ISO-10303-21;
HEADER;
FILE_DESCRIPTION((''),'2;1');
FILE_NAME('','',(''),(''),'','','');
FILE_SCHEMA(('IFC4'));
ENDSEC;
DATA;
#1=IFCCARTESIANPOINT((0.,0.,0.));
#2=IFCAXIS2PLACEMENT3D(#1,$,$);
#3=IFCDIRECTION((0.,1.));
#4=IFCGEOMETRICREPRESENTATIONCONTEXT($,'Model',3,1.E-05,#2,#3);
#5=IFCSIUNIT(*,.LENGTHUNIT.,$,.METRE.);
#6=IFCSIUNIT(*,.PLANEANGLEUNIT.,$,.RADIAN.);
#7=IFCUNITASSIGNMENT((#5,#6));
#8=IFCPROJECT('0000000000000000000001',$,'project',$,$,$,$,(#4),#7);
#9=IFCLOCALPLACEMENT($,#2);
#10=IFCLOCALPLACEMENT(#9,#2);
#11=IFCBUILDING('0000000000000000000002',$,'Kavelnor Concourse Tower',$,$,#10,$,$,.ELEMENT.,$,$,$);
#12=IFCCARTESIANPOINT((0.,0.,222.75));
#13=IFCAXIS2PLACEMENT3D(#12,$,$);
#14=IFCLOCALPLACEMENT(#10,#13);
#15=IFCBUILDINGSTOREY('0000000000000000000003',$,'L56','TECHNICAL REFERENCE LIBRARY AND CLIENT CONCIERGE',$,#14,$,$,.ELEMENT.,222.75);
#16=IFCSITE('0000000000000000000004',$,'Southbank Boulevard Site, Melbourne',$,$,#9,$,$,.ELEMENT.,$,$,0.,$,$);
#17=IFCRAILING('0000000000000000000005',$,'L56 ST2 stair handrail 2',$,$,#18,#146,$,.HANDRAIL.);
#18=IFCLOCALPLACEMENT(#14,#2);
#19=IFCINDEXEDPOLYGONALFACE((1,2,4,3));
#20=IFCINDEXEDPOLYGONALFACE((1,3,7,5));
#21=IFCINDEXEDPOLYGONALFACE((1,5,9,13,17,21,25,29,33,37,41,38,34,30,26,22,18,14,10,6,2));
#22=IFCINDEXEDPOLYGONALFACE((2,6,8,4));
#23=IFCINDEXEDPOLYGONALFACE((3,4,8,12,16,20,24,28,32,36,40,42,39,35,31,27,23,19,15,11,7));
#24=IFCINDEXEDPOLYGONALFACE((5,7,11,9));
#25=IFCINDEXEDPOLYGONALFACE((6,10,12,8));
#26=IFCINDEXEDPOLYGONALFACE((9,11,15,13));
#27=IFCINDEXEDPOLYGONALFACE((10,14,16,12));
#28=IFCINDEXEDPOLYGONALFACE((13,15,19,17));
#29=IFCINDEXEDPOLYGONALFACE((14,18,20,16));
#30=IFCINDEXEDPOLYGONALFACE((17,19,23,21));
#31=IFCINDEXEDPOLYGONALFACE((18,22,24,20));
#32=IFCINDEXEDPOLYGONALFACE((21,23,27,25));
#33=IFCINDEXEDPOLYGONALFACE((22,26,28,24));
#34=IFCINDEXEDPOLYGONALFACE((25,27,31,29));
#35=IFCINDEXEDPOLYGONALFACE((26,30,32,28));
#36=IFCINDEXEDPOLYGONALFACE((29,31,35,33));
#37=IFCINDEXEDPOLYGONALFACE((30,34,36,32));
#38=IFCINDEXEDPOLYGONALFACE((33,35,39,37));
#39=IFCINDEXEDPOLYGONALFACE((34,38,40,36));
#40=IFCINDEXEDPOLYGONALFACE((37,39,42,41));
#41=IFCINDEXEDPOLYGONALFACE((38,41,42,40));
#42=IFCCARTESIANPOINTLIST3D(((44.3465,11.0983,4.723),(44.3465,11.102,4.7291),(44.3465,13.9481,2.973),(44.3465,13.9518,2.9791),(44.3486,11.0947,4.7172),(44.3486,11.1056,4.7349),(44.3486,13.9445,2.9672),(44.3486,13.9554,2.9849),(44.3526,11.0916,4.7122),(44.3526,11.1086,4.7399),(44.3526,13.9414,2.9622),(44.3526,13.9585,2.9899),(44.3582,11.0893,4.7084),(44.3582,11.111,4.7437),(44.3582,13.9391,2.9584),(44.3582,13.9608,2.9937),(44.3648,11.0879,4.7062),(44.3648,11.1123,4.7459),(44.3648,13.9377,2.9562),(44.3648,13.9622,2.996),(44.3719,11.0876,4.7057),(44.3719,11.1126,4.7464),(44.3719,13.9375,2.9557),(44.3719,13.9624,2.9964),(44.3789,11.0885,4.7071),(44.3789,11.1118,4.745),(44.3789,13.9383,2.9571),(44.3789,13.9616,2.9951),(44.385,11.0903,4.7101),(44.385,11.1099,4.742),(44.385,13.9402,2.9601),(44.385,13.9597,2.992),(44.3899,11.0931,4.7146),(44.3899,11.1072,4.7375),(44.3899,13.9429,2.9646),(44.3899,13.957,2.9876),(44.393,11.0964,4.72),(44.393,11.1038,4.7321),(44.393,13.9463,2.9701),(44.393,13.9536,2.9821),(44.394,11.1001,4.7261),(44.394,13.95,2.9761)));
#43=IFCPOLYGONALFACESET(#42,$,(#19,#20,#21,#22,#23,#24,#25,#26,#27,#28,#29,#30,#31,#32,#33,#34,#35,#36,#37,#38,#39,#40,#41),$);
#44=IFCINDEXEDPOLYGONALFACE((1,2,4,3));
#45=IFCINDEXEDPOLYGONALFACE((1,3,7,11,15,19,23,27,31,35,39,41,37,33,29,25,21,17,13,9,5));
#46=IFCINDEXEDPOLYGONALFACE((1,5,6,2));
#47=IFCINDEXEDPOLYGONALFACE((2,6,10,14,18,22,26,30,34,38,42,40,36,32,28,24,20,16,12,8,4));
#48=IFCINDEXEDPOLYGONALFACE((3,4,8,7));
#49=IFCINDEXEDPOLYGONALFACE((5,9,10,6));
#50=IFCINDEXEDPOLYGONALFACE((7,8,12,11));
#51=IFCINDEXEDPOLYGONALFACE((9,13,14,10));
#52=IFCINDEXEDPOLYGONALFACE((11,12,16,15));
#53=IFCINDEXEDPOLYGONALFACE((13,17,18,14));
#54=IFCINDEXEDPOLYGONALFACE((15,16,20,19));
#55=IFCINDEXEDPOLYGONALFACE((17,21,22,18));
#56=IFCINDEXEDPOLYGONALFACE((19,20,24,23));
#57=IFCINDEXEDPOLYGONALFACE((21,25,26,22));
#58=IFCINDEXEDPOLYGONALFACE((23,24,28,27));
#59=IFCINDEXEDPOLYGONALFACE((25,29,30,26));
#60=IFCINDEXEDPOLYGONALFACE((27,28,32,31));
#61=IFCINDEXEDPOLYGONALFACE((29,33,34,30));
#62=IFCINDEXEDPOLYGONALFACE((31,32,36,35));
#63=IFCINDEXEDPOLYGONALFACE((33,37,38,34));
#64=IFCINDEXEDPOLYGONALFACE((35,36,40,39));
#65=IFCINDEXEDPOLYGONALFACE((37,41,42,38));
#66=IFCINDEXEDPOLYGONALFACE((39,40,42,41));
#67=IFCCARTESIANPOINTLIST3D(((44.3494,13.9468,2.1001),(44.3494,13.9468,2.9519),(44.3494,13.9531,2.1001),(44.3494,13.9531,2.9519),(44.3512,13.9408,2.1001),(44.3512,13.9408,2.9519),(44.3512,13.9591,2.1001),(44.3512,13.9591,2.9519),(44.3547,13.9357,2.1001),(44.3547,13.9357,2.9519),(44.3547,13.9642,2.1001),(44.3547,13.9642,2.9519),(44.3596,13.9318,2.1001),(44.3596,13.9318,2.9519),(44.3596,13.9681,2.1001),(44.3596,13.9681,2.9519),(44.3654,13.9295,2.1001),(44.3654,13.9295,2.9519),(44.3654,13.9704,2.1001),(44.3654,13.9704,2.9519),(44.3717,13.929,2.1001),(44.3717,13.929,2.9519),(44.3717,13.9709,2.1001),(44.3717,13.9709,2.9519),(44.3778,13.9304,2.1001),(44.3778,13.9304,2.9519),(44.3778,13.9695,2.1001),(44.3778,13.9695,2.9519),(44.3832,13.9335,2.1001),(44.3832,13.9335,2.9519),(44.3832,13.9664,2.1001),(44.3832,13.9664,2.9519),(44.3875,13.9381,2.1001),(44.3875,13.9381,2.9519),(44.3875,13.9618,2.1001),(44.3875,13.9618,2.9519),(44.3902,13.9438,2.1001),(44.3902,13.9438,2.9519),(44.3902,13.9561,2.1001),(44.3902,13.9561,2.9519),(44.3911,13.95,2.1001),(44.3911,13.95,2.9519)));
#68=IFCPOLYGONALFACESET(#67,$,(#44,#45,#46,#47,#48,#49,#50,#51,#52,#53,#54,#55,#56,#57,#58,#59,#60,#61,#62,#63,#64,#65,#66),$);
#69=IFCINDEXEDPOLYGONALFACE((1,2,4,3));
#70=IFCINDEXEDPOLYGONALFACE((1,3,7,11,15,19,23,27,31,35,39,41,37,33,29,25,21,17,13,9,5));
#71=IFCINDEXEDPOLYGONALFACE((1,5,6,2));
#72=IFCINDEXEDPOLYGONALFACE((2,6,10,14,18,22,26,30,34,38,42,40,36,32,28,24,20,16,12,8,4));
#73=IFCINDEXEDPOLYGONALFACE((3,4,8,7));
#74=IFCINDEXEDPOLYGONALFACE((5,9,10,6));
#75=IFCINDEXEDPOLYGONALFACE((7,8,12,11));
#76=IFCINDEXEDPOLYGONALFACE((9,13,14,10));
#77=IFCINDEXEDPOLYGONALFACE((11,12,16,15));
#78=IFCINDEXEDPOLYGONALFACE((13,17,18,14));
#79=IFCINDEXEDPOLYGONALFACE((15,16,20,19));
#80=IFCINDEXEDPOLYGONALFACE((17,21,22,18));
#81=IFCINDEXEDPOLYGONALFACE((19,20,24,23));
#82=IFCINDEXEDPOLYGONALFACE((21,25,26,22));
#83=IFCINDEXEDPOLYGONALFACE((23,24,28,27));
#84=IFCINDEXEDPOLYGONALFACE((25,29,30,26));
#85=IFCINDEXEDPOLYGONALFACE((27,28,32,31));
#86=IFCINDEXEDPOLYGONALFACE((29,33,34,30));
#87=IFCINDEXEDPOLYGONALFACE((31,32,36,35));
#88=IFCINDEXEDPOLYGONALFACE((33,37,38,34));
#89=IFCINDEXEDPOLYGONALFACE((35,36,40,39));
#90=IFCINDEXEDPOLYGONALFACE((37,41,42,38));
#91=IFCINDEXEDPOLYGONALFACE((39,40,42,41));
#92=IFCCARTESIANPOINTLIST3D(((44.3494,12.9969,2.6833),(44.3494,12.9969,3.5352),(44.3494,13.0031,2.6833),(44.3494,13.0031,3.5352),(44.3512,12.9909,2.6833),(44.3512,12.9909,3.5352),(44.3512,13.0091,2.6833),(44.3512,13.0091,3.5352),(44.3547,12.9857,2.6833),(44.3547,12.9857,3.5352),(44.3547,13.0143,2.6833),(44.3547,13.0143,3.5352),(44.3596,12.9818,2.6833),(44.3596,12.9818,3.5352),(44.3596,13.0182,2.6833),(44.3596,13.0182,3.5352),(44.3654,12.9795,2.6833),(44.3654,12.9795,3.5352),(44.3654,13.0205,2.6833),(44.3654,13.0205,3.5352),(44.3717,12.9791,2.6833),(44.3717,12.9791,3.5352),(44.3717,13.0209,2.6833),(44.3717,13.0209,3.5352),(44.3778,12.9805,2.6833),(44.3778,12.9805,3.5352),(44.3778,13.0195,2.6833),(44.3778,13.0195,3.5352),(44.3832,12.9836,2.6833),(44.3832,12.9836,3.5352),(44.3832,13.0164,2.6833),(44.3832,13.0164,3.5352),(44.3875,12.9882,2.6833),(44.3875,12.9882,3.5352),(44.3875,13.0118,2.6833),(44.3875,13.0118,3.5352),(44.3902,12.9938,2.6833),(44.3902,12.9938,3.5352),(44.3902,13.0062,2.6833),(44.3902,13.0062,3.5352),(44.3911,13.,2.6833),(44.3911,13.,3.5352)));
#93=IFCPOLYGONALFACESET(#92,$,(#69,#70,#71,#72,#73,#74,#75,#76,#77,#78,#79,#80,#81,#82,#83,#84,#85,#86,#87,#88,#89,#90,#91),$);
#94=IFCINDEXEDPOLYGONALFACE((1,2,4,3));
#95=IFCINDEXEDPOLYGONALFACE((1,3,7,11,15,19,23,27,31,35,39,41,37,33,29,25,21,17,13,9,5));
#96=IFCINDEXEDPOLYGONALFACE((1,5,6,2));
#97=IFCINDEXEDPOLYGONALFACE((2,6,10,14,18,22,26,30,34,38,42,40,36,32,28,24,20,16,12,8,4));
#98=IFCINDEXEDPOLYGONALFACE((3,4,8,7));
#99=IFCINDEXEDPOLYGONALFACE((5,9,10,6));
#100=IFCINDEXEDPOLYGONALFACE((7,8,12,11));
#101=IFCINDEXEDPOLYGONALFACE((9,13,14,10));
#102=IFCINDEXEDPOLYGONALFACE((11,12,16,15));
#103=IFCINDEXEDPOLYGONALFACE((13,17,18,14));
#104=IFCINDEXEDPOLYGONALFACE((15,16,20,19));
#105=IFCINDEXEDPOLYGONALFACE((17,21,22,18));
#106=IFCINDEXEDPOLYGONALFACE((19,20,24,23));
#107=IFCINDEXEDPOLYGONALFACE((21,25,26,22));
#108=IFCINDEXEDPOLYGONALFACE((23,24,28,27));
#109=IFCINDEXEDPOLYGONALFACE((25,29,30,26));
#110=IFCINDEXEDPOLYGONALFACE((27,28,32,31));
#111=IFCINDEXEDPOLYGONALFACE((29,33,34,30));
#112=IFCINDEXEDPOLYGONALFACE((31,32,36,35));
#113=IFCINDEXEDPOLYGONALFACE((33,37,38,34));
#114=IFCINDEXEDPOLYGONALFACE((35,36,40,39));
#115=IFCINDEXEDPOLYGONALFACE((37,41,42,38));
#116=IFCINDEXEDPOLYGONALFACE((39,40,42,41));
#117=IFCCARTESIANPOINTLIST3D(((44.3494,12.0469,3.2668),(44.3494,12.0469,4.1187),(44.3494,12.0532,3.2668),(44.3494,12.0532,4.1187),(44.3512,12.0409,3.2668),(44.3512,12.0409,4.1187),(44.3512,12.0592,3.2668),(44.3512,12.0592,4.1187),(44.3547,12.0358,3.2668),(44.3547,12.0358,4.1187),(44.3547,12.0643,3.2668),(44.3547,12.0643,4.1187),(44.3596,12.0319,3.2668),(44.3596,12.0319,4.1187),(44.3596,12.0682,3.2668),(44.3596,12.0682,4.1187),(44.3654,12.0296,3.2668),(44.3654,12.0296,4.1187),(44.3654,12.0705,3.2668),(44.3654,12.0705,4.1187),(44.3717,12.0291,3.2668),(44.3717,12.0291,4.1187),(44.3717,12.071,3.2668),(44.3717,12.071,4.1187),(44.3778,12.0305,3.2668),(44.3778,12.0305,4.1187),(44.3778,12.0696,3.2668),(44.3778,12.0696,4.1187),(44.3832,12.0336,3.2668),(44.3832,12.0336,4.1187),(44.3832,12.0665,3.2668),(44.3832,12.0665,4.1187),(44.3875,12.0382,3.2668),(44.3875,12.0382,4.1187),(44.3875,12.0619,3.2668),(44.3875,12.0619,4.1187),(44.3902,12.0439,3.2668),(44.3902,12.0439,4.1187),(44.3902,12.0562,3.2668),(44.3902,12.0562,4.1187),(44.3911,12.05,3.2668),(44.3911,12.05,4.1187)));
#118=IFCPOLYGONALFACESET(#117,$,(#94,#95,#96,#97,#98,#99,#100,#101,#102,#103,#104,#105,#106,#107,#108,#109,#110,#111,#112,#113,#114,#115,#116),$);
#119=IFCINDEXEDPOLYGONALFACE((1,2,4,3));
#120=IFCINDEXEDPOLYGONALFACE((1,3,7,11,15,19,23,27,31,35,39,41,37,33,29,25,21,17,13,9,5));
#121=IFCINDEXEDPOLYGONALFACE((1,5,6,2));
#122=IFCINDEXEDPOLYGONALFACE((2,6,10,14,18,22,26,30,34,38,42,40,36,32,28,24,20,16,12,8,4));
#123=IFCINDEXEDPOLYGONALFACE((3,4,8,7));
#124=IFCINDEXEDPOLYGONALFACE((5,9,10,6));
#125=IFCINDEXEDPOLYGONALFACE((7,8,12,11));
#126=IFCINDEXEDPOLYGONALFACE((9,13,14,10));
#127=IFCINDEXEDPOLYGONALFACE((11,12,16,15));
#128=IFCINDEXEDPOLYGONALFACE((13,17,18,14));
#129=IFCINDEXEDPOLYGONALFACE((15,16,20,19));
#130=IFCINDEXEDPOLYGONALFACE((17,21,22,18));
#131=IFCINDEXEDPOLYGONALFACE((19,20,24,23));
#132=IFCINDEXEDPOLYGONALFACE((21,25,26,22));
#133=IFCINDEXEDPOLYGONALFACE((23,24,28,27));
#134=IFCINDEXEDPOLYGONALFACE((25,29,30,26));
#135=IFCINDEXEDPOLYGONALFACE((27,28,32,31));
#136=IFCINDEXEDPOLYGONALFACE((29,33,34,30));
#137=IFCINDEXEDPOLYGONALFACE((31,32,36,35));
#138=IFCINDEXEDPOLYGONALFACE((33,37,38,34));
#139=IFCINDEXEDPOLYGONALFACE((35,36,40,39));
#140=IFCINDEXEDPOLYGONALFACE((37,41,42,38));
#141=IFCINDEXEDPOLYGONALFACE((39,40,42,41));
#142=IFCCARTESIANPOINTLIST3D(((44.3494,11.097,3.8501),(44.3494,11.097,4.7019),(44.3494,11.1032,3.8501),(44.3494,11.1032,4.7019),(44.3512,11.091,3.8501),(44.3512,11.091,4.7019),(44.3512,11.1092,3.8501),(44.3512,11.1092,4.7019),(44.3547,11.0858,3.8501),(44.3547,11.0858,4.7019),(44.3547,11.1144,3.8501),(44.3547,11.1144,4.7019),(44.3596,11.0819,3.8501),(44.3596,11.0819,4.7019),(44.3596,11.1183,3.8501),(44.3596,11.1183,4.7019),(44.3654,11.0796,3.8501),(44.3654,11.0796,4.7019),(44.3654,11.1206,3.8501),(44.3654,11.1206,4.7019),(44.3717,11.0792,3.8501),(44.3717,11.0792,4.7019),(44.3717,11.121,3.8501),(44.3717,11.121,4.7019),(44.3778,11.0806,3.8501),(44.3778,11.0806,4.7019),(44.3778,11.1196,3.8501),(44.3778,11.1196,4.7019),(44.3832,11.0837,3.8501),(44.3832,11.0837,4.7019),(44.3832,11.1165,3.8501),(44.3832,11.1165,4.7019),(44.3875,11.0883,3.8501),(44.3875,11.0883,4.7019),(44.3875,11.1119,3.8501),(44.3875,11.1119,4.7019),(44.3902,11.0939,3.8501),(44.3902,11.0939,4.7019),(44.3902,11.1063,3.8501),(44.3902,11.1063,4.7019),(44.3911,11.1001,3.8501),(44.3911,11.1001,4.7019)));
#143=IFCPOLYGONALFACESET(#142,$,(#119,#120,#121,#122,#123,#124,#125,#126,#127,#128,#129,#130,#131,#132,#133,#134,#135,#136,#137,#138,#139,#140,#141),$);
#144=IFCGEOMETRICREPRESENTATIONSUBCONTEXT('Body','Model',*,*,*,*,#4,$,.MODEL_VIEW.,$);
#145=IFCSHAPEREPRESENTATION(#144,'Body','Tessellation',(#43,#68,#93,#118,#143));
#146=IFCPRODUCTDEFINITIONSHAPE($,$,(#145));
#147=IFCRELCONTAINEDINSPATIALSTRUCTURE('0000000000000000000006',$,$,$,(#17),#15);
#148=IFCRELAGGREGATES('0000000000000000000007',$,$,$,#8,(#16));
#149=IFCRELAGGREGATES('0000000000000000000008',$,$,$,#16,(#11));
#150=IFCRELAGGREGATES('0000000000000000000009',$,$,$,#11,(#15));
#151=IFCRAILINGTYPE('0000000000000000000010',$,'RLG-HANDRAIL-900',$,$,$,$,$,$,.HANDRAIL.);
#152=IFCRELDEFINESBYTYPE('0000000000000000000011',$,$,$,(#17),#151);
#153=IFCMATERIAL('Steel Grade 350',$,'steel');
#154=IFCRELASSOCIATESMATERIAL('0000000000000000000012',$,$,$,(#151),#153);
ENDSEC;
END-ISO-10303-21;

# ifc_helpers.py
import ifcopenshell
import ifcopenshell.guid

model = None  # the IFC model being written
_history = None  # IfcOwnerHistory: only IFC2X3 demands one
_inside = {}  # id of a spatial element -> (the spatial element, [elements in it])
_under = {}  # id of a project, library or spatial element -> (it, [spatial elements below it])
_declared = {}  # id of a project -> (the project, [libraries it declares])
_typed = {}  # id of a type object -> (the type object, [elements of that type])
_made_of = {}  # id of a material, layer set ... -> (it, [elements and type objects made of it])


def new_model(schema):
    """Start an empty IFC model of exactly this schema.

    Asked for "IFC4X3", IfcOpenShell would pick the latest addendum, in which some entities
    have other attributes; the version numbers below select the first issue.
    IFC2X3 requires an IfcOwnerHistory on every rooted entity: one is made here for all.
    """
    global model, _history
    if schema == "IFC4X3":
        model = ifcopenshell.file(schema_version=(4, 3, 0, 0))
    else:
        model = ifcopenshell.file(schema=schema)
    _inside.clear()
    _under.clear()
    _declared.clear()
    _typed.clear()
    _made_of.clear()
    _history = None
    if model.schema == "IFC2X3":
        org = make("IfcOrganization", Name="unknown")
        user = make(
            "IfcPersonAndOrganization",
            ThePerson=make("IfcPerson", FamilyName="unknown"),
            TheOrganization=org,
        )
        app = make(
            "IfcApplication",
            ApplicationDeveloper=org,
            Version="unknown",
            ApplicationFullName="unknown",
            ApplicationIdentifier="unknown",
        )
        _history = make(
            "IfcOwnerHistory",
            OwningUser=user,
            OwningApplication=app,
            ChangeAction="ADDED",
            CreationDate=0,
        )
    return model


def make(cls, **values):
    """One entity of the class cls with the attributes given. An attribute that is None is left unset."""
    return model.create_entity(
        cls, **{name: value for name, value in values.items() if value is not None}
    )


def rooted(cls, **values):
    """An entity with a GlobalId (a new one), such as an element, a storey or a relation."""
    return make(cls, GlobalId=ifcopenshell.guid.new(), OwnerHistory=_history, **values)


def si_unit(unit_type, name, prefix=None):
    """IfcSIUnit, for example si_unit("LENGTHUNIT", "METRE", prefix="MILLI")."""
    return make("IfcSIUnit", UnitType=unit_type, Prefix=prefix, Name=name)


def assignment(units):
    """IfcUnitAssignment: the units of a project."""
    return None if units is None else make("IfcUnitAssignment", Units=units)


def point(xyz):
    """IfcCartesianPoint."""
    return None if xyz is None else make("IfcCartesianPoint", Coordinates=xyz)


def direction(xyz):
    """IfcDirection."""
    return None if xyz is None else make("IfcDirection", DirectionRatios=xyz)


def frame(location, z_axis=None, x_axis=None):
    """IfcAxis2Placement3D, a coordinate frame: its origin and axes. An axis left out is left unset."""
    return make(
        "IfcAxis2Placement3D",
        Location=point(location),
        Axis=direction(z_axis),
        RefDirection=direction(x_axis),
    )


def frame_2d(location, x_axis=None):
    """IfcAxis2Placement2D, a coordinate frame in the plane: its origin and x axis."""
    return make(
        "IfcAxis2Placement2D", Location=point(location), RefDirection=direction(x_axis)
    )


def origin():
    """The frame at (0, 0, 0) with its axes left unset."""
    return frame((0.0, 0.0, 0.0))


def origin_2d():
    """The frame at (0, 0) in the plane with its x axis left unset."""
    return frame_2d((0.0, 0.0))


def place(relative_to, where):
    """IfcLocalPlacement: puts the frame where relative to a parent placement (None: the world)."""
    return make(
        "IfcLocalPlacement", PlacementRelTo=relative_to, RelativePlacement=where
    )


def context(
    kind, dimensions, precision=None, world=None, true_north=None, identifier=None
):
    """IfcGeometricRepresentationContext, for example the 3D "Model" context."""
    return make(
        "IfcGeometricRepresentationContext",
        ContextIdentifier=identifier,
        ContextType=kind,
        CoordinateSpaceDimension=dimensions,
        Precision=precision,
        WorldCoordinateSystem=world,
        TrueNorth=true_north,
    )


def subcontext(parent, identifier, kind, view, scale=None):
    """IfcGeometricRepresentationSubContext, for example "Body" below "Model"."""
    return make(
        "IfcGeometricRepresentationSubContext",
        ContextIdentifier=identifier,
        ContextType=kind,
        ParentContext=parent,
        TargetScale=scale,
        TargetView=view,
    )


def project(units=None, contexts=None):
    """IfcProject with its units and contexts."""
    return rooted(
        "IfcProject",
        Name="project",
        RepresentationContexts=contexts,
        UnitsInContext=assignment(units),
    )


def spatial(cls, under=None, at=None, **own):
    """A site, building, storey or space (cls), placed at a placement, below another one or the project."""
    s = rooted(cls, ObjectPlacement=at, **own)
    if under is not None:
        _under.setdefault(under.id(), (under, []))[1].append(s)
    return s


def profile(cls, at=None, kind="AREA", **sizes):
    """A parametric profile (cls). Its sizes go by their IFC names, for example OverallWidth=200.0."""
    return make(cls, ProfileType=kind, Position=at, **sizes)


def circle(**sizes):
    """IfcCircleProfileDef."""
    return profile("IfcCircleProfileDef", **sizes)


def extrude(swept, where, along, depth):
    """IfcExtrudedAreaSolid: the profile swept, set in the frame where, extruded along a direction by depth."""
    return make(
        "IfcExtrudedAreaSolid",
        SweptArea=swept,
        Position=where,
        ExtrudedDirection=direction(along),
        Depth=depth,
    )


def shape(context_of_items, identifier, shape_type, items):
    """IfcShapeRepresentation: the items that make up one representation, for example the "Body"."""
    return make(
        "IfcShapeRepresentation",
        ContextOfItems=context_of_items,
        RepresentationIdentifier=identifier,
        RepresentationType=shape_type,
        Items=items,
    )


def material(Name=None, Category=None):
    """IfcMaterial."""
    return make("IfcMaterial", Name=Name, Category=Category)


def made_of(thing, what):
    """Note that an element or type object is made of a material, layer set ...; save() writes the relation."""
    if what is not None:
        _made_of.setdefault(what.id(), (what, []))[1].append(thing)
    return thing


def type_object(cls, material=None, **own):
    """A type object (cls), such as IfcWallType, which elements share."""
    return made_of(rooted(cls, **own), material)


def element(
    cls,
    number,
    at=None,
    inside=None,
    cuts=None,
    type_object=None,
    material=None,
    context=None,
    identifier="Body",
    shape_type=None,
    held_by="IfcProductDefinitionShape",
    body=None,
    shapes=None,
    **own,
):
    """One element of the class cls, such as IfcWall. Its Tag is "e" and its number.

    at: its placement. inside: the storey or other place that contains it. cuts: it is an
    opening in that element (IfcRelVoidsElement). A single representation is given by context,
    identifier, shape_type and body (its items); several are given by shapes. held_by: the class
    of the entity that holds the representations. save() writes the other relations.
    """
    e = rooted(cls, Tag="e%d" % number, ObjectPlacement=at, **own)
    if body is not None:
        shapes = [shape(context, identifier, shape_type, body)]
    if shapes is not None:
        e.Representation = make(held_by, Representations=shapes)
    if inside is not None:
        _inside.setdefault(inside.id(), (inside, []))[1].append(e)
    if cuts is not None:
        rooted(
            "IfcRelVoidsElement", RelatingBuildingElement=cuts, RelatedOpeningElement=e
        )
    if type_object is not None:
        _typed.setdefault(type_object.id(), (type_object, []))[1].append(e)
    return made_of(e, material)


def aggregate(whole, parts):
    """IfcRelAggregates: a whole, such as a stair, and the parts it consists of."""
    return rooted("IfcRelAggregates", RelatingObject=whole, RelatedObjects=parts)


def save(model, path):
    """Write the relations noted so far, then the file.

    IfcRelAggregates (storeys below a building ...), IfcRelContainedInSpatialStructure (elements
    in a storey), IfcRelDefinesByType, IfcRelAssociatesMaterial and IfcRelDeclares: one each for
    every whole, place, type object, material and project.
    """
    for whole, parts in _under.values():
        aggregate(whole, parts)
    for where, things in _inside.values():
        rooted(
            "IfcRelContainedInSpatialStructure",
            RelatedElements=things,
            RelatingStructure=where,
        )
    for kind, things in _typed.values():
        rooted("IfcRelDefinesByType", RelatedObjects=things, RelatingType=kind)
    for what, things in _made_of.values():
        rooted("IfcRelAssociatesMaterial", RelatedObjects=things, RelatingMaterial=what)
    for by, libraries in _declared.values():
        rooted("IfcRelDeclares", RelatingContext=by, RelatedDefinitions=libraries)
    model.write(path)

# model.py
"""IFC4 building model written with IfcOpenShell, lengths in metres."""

from ifc_helpers import new_model, si_unit, direction, frame, origin, origin_2d, place, context, subcontext, project, spatial, circle, extrude, material, type_object, element, save


model = new_model("IFC4")

# Units and contexts
model_context = context("Model", 3, precision=1e-05, world=origin(), true_north=direction((0.0, 1.0)))
body_context = subcontext(model_context, "Body", "Model", "MODEL_VIEW")
ifc_project = project(units=[si_unit("LENGTHUNIT", "METRE"), si_unit("PLANEANGLEUNIT", "RADIAN")], contexts=[model_context])

# Site, building, storey
site_placement = place(None, origin())
site = spatial("IfcSite", under=ifc_project, at=site_placement, Name="Southbank Boulevard Site, Melbourne", CompositionType="ELEMENT", RefElevation=0.0)
building_placement = place(site_placement, origin())
building = spatial("IfcBuilding", under=site, at=building_placement, Name="Kavelnor Concourse Tower", CompositionType="ELEMENT")
storey_placement = place(building_placement, frame((0.0, 0.0, 222.75)))
storey = spatial("IfcBuildingStorey", under=building, at=storey_placement, Name="L56", Description="TECHNICAL REFERENCE LIBRARY AND CLIENT CONCIERGE", CompositionType="ELEMENT", Elevation=222.75)

# Shared definitions
ifc_material_1 = material(Name="Steel Grade 350", Category="steel")

# Railing
railing_type_1 = type_object("IfcRailingType", Name="RLG-HANDRAIL-900", PredefinedType="HANDRAIL", material=ifc_material_1)
railing_1_placement = place(storey_placement, frame((44.3701, 13.95, 2.1001)))
element("IfcRailing", 1, at=railing_1_placement, inside=storey, type_object=railing_type_1, Name="L56 ST2 stair handrail 2", PredefinedType="HANDRAIL", context=body_context, shape_type="SweptSolid", body=[
    extrude(circle(Radius=0.0239, at=origin_2d()), frame((0.0, 0.0, 0.876), z_axis=(0.0, -0.852159, 0.523283), x_axis=(1.0, 0.0, 0.0)), (0.0, 0.0, 1.0), 3.3442),
    extrude(circle(Radius=0.021, at=origin_2d()), origin(), (0.0, 0.0, 1.0), 0.8518),
    extrude(circle(Radius=0.021, at=origin_2d()), frame((0.0, -0.95, 0.5833)), (0.0, 0.0, 1.0), 0.8518),
    extrude(circle(Radius=0.021, at=origin_2d()), frame((0.0, -1.8999, 1.1667)), (0.0, 0.0, 1.0), 0.8518),
    extrude(circle(Radius=0.021, at=origin_2d()), frame((0.0, -2.8499, 1.75)), (0.0, 0.0, 1.0), 0.8518),
])

save(model, "model.ifc")
